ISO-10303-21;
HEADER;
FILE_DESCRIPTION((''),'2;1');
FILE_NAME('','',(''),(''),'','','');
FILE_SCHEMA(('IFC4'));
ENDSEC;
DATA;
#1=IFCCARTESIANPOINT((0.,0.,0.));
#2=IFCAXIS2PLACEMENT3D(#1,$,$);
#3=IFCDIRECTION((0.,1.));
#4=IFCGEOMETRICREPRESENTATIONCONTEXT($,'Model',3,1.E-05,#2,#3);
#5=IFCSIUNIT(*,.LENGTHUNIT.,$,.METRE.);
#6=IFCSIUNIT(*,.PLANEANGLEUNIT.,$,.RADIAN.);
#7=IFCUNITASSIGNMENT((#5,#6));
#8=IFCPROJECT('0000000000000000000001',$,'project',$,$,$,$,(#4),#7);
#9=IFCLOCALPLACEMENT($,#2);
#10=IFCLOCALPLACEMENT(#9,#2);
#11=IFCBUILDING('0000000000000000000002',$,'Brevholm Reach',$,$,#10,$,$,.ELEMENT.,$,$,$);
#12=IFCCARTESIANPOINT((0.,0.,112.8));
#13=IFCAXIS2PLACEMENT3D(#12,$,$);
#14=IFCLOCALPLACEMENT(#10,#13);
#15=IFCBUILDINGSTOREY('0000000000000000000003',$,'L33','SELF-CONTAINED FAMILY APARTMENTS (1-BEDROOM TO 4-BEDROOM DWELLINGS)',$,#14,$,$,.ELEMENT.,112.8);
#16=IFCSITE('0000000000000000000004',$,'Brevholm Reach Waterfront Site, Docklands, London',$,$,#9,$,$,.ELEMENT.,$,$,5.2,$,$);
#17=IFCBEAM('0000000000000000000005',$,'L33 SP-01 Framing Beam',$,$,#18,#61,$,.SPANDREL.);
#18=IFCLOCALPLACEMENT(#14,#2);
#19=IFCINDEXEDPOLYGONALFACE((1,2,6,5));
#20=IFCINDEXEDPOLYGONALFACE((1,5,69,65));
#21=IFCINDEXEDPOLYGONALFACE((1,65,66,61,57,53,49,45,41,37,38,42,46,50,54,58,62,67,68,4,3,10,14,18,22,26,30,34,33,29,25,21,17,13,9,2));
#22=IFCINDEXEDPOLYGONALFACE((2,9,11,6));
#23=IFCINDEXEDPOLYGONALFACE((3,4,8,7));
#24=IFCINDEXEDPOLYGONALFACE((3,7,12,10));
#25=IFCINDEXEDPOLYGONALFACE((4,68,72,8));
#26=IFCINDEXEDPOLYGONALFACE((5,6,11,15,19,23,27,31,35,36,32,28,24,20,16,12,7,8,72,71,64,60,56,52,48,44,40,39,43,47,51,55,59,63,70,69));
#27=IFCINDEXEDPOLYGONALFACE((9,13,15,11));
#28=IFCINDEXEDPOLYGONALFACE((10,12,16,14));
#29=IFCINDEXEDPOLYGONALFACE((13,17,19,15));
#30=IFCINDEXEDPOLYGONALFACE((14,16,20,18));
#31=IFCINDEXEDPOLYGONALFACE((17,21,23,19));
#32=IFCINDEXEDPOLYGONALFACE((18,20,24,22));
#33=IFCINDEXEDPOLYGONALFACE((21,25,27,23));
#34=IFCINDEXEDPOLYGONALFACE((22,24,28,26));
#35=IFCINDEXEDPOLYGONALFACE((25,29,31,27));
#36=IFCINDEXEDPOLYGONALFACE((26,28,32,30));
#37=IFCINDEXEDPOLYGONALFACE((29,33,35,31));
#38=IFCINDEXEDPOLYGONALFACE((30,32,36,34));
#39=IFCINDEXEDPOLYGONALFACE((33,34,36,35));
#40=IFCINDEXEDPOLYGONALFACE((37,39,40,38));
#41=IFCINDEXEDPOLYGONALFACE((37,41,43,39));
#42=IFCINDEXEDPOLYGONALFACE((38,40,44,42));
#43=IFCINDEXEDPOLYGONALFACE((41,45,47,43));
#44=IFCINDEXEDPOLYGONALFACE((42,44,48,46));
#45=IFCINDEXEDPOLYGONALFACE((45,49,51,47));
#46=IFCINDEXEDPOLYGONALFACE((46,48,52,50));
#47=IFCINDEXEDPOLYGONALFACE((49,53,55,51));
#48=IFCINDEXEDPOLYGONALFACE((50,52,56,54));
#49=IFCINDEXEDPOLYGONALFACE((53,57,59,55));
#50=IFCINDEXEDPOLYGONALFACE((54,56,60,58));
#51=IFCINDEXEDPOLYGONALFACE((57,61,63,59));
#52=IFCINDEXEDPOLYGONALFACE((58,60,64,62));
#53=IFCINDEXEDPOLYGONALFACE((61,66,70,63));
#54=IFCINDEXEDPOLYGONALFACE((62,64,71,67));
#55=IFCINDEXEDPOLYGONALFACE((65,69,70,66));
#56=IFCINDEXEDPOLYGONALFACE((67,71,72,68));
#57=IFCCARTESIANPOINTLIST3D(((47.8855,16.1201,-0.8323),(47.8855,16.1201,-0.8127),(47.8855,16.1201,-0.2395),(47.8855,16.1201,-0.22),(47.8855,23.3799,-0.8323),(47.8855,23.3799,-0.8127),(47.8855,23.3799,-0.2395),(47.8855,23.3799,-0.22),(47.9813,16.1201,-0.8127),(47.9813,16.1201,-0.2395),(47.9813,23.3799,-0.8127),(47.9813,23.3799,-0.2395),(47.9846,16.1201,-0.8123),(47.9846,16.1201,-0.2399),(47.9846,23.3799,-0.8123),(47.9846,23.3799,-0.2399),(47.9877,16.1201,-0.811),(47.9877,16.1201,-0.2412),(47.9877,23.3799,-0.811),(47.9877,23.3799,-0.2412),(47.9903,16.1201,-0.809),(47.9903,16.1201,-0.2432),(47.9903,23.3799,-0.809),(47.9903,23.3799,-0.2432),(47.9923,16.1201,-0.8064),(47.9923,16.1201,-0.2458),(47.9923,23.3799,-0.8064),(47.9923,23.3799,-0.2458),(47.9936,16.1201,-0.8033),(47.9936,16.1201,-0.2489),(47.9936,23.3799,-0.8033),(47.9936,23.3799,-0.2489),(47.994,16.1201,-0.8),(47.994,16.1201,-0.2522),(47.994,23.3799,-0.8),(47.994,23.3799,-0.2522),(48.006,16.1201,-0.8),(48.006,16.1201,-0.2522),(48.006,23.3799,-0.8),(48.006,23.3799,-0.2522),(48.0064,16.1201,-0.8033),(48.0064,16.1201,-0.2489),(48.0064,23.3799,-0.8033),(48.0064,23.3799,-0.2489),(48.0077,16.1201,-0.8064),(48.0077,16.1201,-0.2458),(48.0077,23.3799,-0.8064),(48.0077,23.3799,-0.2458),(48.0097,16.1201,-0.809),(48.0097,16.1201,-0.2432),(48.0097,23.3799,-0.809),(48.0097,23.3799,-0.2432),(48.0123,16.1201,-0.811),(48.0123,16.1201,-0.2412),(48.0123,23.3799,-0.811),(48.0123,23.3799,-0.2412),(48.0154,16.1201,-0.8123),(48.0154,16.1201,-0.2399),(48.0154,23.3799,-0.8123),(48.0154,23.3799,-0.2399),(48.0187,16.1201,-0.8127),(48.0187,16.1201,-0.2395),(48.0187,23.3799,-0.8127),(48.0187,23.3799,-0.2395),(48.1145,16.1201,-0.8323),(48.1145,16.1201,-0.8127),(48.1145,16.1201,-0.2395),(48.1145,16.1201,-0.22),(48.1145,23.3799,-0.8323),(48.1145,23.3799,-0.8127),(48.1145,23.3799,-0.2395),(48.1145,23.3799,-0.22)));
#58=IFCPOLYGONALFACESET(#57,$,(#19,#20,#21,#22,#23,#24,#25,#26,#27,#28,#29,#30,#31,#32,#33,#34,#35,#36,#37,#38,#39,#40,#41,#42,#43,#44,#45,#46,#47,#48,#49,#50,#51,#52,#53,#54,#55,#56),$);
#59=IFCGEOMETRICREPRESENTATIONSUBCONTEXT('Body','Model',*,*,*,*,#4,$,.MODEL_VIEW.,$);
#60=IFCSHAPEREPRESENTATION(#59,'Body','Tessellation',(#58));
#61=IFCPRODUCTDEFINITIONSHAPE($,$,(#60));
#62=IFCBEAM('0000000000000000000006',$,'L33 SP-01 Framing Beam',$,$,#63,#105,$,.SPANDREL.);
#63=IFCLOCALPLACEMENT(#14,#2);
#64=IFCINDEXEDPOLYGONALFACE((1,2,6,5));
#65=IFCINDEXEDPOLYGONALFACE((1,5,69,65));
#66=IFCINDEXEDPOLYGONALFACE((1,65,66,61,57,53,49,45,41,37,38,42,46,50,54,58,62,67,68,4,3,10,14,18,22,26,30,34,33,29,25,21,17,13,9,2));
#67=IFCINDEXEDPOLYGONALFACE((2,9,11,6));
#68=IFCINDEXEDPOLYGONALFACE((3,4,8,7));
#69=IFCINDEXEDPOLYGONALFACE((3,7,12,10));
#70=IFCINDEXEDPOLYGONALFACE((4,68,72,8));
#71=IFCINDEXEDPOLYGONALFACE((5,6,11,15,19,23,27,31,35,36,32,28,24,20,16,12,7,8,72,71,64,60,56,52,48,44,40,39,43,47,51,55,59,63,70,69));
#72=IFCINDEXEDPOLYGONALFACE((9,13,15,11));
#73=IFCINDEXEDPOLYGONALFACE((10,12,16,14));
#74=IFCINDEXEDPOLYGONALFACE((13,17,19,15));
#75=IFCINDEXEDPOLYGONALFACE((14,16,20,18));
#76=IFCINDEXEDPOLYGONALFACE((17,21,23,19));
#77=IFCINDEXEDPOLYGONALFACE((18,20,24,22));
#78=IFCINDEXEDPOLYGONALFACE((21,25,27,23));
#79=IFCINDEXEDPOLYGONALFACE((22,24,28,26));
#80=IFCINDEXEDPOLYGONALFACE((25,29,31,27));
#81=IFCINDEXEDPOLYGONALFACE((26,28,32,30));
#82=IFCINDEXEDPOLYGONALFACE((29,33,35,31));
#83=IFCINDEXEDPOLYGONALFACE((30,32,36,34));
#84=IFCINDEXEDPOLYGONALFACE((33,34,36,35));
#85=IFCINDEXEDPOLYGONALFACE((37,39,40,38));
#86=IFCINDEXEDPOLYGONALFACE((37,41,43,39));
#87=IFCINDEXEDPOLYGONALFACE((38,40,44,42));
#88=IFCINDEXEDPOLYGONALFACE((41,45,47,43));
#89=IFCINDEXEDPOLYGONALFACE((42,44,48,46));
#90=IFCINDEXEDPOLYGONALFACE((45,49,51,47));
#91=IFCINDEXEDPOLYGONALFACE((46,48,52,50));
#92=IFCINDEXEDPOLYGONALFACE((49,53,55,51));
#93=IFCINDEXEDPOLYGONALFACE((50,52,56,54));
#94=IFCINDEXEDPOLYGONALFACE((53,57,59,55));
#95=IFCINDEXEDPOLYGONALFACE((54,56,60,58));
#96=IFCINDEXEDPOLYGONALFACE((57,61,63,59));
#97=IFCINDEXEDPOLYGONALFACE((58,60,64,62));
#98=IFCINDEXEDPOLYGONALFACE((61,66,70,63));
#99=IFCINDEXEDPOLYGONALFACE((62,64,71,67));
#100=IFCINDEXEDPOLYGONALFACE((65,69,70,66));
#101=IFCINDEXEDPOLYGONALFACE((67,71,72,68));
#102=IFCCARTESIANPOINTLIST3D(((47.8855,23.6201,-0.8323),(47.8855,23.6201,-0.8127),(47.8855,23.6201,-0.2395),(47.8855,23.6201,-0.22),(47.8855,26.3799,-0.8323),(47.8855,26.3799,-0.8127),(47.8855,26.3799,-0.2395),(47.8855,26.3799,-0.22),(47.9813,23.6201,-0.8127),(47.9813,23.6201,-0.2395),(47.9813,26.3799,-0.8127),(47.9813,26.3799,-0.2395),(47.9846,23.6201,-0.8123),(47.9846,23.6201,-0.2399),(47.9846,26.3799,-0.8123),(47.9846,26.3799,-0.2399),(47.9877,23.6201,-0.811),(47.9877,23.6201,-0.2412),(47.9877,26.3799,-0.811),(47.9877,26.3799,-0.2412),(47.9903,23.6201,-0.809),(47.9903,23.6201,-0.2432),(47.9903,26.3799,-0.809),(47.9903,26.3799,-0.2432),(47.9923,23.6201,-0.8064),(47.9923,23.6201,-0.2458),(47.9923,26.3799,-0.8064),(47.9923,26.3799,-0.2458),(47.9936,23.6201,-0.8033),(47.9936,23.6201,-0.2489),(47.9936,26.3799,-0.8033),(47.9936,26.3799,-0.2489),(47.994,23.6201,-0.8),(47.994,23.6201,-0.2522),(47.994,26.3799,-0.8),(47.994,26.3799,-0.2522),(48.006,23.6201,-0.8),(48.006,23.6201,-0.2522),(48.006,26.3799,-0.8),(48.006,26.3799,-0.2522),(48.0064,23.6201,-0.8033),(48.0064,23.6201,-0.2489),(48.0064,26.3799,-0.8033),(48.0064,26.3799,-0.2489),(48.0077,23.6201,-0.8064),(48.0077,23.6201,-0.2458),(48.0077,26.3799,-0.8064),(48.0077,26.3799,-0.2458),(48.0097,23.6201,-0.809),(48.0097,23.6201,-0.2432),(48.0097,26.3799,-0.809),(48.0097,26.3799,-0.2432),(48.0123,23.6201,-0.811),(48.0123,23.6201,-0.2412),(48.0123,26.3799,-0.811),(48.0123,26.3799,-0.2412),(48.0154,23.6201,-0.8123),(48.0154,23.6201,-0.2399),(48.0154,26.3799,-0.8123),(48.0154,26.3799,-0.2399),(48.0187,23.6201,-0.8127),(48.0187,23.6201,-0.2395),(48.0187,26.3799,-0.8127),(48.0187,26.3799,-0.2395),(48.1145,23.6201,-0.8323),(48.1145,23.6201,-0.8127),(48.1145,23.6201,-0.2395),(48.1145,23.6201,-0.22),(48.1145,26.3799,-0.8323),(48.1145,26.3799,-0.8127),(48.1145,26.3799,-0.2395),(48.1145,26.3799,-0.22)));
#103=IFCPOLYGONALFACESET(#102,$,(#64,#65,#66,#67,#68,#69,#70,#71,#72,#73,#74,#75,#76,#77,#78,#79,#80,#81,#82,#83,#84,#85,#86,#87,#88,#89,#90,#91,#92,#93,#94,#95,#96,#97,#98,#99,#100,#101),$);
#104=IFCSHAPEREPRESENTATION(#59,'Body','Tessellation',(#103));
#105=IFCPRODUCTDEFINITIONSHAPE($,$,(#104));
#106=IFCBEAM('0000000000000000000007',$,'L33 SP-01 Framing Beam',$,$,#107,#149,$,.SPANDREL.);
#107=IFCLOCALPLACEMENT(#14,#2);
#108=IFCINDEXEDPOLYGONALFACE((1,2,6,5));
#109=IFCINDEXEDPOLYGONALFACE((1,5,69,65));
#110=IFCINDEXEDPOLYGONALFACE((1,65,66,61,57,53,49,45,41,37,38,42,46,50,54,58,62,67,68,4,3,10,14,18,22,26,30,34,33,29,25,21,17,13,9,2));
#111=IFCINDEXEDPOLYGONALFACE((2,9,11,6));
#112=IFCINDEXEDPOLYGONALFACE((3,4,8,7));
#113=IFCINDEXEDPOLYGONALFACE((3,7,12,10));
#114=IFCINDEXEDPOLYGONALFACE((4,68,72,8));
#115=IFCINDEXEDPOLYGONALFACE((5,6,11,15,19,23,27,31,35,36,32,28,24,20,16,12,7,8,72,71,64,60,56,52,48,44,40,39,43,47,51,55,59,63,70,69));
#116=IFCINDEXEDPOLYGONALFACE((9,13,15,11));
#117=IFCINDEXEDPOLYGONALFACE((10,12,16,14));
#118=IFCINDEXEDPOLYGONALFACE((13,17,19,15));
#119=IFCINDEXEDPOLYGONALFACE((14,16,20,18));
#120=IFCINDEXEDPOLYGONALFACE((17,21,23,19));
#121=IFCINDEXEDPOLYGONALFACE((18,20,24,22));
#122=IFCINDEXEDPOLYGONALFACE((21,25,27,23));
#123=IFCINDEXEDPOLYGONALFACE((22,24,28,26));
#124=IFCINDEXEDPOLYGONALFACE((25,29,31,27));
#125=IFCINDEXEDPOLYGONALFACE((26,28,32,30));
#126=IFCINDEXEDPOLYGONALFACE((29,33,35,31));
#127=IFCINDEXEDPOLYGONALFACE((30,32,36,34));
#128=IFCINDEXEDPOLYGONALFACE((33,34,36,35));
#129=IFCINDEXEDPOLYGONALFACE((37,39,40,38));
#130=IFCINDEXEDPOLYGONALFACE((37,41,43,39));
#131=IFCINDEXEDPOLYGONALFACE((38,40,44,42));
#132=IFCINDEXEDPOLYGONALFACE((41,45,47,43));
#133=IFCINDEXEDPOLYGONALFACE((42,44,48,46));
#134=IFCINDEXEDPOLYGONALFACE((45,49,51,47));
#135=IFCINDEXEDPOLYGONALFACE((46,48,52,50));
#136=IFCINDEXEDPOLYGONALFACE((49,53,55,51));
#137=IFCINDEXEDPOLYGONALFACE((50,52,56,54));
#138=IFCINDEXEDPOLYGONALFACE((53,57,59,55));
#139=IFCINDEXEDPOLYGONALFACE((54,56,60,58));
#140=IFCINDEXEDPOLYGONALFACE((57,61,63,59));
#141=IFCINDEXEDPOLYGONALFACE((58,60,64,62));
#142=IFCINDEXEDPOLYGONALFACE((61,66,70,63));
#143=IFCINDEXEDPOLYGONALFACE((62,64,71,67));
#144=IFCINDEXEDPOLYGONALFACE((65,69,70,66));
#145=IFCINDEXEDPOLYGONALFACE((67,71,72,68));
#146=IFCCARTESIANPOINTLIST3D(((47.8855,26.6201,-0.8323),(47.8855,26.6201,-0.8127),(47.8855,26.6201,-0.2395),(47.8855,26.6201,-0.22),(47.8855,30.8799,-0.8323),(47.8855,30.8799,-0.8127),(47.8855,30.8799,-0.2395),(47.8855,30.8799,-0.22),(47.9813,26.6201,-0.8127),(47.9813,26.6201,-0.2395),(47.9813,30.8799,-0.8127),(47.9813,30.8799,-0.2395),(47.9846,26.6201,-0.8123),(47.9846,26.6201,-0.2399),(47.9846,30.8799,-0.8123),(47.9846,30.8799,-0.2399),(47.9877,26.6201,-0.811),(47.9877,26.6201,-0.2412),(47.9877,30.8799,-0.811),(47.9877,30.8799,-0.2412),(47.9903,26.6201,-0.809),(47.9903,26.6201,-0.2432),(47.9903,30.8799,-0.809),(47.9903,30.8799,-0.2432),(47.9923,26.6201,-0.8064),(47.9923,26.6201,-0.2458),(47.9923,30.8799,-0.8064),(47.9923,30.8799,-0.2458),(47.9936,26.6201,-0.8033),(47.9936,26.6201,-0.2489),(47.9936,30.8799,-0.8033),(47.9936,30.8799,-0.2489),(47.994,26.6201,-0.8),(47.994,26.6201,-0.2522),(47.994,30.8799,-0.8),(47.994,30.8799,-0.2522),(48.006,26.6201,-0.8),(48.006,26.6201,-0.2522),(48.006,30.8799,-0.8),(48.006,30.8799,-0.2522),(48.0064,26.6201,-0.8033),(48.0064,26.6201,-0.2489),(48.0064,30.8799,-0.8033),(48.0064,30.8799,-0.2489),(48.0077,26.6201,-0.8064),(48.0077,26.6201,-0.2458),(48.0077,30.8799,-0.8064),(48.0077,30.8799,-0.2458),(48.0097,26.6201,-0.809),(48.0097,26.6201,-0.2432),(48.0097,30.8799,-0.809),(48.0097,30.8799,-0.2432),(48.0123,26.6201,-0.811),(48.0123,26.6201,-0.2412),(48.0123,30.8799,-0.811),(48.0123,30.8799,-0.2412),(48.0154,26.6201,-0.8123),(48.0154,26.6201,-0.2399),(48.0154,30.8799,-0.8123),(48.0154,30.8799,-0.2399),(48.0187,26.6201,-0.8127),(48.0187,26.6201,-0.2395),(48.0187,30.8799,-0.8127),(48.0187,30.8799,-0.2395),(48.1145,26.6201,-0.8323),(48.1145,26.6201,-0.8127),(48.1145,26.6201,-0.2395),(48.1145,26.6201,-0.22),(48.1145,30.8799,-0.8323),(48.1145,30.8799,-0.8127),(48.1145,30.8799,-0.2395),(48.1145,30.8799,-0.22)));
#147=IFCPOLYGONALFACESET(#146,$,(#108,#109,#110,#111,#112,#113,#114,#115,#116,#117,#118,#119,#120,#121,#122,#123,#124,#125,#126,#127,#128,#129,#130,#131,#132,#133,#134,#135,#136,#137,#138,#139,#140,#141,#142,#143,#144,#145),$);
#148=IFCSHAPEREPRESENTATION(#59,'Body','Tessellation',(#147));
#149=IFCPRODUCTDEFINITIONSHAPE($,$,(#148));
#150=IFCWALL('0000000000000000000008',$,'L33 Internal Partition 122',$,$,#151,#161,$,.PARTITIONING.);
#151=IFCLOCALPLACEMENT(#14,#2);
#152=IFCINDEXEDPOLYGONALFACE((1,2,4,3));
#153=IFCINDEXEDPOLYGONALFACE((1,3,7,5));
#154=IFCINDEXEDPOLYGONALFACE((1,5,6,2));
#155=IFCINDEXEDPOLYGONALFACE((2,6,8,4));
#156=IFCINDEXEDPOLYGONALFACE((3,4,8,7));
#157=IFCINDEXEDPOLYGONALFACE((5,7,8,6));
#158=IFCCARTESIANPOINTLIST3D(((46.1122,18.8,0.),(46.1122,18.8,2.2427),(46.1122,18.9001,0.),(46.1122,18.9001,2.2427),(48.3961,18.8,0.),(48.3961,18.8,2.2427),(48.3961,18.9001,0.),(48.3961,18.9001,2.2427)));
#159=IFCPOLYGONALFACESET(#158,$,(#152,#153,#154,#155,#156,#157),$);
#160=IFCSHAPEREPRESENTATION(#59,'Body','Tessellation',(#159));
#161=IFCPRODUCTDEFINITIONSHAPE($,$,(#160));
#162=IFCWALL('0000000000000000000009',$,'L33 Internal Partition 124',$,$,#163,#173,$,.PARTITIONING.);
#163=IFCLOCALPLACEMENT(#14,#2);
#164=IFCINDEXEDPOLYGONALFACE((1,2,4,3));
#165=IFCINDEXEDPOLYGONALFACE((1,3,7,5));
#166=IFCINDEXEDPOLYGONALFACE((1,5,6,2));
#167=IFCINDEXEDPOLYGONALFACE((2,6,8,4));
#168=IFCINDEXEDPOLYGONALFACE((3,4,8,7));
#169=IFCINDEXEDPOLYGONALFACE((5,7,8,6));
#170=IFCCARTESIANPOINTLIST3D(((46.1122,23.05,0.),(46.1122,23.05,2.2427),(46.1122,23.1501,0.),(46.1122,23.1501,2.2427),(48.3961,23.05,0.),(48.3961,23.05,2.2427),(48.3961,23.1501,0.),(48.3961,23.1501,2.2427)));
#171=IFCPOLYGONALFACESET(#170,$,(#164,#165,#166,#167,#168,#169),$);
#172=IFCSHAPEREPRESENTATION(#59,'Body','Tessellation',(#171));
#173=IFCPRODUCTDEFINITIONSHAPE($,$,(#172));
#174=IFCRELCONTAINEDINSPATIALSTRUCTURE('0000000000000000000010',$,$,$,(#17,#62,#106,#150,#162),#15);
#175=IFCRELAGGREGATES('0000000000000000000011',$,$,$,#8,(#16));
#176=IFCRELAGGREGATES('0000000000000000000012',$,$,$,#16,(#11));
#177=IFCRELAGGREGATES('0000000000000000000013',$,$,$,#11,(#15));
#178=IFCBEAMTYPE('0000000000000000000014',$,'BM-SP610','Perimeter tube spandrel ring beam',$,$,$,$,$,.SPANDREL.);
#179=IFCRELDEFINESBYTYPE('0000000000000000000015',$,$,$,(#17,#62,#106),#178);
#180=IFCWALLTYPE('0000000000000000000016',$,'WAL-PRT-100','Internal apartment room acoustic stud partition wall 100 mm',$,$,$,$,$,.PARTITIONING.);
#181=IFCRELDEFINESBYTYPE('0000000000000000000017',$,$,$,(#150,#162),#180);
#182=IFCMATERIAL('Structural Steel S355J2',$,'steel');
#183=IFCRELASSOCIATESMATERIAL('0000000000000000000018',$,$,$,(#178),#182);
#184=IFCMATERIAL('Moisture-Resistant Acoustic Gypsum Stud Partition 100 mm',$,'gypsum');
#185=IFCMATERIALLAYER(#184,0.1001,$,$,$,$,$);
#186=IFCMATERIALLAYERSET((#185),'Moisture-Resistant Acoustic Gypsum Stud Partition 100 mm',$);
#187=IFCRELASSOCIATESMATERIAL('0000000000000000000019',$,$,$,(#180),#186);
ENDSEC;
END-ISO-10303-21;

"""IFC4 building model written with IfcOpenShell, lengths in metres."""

from ifc_helpers import new_model, si_unit, direction, frame, frame_2d, origin, origin_2d, place, context, subcontext, project, spatial, rectangle, i_section, extrude, material, layer, layer_set, material_profile, profile_set, type_object, element, save


model = new_model("IFC4")

# Units and contexts
model_context = context("Model", 3, precision=1e-05, world=origin(), true_north=direction((0.0, 1.0)))
body_context = subcontext(model_context, "Body", "Model", "MODEL_VIEW")
ifc_project = project(units=[si_unit("LENGTHUNIT", "METRE"), si_unit("PLANEANGLEUNIT", "RADIAN")], contexts=[model_context])

# Site, building, storey
site_placement = place(None, origin())
site = spatial("IfcSite", under=ifc_project, at=site_placement, Name="Brevholm Reach Waterfront Site, Docklands, London", CompositionType="ELEMENT", RefElevation=5.2)
building_placement = place(site_placement, origin())
building = spatial("IfcBuilding", under=site, at=building_placement, Name="Brevholm Reach", CompositionType="ELEMENT")
storey_placement = place(building_placement, frame((0.0, 0.0, 112.8)))
storey = spatial("IfcBuildingStorey", under=building, at=storey_placement, Name="L33", Description="SELF-CONTAINED FAMILY APARTMENTS (1-BEDROOM TO 4-BEDROOM DWELLINGS)", CompositionType="ELEMENT", Elevation=112.8)

# Beams
ifc_material_1 = material(Name="Structural Steel S355J2", Category="steel")
ifc_material_profile_1 = material_profile(ifc_material_1, i_section(OverallWidth=0.229, OverallDepth=0.6123, WebThickness=0.012, FlangeThickness=0.0195, FilletRadius=0.0127, at=origin_2d()), Name="UKB 610x229x125")
ifc_profile_set_1 = profile_set([ifc_material_profile_1], Name="Structural Steel S355J2")
beam_type_1 = type_object("IfcBeamType", Name="BM-SP610", Description="Perimeter tube spandrel ring beam", PredefinedType="SPANDREL", material=ifc_profile_set_1)
beam_1_placement = place(storey_placement, frame((48.0, 16.1201, -0.5261), z_axis=(0.0, 1.0, 0.0), x_axis=(-1.0, 0.0, 0.0)))
element("IfcBeam", 1, at=beam_1_placement, inside=storey, type_object=beam_type_1, Name="L33 SP-01 Framing Beam", PredefinedType="SPANDREL", context=body_context, shape_type="SweptSolid", body=[
    extrude(i_section(OverallWidth=0.229, OverallDepth=0.6123, WebThickness=0.012, FlangeThickness=0.0195, FilletRadius=0.0127, at=origin_2d()), origin(), (0.0, 0.0, 1.0), 7.2598),
])
beam_2_placement = place(storey_placement, frame((48.0, 23.6201, -0.5261), z_axis=(0.0, 1.0, 0.0), x_axis=(-1.0, 0.0, 0.0)))
element("IfcBeam", 2, at=beam_2_placement, inside=storey, type_object=beam_type_1, Name="L33 SP-01 Framing Beam", PredefinedType="SPANDREL", context=body_context, shape_type="SweptSolid", body=[
    extrude(i_section(OverallWidth=0.229, OverallDepth=0.6123, WebThickness=0.012, FlangeThickness=0.0195, FilletRadius=0.0127, at=origin_2d()), origin(), (0.0, 0.0, 1.0), 2.7598),
])
beam_3_placement = place(storey_placement, frame((48.0, 26.6201, -0.5261), z_axis=(0.0, 1.0, 0.0), x_axis=(-1.0, 0.0, 0.0)))
element("IfcBeam", 3, at=beam_3_placement, inside=storey, type_object=beam_type_1, Name="L33 SP-01 Framing Beam", PredefinedType="SPANDREL", context=body_context, shape_type="SweptSolid", body=[
    extrude(i_section(OverallWidth=0.229, OverallDepth=0.6123, WebThickness=0.012, FlangeThickness=0.0195, FilletRadius=0.0127, at=origin_2d()), origin(), (0.0, 0.0, 1.0), 4.2598),
])

# Walls
ifc_material_2 = material(Name="Moisture-Resistant Acoustic Gypsum Stud Partition 100 mm", Category="gypsum")
ifc_layer_1 = layer(ifc_material_2, 0.1001)
ifc_layer_set_1 = layer_set([ifc_layer_1], Name="Moisture-Resistant Acoustic Gypsum Stud Partition 100 mm")
wall_type_1 = type_object("IfcWallType", Name="WAL-PRT-100", Description="Internal apartment room acoustic stud partition wall 100 mm", PredefinedType="PARTITIONING", material=ifc_layer_set_1)
for number, where, z_axis, x_axis, name in (
    (4, (46.1121, 18.8501, 0.0), (0.0, 0.0, 1.0), (1.0, 0.0, 0.0), "L33 Internal Partition 122"),
    (5, (46.1121, 23.1001, 0.0), (0.0, 0.0, 1.0), (1.0, 0.0, 0.0), "L33 Internal Partition 124"),
):
    element("IfcWall", number, at=place(storey_placement, frame(where, z_axis=z_axis, x_axis=x_axis)), inside=storey, type_object=wall_type_1, Name=name, PredefinedType="PARTITIONING", context=body_context, shape_type="SweptSolid", body=[
        extrude(rectangle(XDim=2.2839, YDim=0.1001, at=frame_2d((1.1421, 0.0))), origin(), (0.0, 0.0, 1.0), 2.2427),
    ])

save(model, "model.ifc")
